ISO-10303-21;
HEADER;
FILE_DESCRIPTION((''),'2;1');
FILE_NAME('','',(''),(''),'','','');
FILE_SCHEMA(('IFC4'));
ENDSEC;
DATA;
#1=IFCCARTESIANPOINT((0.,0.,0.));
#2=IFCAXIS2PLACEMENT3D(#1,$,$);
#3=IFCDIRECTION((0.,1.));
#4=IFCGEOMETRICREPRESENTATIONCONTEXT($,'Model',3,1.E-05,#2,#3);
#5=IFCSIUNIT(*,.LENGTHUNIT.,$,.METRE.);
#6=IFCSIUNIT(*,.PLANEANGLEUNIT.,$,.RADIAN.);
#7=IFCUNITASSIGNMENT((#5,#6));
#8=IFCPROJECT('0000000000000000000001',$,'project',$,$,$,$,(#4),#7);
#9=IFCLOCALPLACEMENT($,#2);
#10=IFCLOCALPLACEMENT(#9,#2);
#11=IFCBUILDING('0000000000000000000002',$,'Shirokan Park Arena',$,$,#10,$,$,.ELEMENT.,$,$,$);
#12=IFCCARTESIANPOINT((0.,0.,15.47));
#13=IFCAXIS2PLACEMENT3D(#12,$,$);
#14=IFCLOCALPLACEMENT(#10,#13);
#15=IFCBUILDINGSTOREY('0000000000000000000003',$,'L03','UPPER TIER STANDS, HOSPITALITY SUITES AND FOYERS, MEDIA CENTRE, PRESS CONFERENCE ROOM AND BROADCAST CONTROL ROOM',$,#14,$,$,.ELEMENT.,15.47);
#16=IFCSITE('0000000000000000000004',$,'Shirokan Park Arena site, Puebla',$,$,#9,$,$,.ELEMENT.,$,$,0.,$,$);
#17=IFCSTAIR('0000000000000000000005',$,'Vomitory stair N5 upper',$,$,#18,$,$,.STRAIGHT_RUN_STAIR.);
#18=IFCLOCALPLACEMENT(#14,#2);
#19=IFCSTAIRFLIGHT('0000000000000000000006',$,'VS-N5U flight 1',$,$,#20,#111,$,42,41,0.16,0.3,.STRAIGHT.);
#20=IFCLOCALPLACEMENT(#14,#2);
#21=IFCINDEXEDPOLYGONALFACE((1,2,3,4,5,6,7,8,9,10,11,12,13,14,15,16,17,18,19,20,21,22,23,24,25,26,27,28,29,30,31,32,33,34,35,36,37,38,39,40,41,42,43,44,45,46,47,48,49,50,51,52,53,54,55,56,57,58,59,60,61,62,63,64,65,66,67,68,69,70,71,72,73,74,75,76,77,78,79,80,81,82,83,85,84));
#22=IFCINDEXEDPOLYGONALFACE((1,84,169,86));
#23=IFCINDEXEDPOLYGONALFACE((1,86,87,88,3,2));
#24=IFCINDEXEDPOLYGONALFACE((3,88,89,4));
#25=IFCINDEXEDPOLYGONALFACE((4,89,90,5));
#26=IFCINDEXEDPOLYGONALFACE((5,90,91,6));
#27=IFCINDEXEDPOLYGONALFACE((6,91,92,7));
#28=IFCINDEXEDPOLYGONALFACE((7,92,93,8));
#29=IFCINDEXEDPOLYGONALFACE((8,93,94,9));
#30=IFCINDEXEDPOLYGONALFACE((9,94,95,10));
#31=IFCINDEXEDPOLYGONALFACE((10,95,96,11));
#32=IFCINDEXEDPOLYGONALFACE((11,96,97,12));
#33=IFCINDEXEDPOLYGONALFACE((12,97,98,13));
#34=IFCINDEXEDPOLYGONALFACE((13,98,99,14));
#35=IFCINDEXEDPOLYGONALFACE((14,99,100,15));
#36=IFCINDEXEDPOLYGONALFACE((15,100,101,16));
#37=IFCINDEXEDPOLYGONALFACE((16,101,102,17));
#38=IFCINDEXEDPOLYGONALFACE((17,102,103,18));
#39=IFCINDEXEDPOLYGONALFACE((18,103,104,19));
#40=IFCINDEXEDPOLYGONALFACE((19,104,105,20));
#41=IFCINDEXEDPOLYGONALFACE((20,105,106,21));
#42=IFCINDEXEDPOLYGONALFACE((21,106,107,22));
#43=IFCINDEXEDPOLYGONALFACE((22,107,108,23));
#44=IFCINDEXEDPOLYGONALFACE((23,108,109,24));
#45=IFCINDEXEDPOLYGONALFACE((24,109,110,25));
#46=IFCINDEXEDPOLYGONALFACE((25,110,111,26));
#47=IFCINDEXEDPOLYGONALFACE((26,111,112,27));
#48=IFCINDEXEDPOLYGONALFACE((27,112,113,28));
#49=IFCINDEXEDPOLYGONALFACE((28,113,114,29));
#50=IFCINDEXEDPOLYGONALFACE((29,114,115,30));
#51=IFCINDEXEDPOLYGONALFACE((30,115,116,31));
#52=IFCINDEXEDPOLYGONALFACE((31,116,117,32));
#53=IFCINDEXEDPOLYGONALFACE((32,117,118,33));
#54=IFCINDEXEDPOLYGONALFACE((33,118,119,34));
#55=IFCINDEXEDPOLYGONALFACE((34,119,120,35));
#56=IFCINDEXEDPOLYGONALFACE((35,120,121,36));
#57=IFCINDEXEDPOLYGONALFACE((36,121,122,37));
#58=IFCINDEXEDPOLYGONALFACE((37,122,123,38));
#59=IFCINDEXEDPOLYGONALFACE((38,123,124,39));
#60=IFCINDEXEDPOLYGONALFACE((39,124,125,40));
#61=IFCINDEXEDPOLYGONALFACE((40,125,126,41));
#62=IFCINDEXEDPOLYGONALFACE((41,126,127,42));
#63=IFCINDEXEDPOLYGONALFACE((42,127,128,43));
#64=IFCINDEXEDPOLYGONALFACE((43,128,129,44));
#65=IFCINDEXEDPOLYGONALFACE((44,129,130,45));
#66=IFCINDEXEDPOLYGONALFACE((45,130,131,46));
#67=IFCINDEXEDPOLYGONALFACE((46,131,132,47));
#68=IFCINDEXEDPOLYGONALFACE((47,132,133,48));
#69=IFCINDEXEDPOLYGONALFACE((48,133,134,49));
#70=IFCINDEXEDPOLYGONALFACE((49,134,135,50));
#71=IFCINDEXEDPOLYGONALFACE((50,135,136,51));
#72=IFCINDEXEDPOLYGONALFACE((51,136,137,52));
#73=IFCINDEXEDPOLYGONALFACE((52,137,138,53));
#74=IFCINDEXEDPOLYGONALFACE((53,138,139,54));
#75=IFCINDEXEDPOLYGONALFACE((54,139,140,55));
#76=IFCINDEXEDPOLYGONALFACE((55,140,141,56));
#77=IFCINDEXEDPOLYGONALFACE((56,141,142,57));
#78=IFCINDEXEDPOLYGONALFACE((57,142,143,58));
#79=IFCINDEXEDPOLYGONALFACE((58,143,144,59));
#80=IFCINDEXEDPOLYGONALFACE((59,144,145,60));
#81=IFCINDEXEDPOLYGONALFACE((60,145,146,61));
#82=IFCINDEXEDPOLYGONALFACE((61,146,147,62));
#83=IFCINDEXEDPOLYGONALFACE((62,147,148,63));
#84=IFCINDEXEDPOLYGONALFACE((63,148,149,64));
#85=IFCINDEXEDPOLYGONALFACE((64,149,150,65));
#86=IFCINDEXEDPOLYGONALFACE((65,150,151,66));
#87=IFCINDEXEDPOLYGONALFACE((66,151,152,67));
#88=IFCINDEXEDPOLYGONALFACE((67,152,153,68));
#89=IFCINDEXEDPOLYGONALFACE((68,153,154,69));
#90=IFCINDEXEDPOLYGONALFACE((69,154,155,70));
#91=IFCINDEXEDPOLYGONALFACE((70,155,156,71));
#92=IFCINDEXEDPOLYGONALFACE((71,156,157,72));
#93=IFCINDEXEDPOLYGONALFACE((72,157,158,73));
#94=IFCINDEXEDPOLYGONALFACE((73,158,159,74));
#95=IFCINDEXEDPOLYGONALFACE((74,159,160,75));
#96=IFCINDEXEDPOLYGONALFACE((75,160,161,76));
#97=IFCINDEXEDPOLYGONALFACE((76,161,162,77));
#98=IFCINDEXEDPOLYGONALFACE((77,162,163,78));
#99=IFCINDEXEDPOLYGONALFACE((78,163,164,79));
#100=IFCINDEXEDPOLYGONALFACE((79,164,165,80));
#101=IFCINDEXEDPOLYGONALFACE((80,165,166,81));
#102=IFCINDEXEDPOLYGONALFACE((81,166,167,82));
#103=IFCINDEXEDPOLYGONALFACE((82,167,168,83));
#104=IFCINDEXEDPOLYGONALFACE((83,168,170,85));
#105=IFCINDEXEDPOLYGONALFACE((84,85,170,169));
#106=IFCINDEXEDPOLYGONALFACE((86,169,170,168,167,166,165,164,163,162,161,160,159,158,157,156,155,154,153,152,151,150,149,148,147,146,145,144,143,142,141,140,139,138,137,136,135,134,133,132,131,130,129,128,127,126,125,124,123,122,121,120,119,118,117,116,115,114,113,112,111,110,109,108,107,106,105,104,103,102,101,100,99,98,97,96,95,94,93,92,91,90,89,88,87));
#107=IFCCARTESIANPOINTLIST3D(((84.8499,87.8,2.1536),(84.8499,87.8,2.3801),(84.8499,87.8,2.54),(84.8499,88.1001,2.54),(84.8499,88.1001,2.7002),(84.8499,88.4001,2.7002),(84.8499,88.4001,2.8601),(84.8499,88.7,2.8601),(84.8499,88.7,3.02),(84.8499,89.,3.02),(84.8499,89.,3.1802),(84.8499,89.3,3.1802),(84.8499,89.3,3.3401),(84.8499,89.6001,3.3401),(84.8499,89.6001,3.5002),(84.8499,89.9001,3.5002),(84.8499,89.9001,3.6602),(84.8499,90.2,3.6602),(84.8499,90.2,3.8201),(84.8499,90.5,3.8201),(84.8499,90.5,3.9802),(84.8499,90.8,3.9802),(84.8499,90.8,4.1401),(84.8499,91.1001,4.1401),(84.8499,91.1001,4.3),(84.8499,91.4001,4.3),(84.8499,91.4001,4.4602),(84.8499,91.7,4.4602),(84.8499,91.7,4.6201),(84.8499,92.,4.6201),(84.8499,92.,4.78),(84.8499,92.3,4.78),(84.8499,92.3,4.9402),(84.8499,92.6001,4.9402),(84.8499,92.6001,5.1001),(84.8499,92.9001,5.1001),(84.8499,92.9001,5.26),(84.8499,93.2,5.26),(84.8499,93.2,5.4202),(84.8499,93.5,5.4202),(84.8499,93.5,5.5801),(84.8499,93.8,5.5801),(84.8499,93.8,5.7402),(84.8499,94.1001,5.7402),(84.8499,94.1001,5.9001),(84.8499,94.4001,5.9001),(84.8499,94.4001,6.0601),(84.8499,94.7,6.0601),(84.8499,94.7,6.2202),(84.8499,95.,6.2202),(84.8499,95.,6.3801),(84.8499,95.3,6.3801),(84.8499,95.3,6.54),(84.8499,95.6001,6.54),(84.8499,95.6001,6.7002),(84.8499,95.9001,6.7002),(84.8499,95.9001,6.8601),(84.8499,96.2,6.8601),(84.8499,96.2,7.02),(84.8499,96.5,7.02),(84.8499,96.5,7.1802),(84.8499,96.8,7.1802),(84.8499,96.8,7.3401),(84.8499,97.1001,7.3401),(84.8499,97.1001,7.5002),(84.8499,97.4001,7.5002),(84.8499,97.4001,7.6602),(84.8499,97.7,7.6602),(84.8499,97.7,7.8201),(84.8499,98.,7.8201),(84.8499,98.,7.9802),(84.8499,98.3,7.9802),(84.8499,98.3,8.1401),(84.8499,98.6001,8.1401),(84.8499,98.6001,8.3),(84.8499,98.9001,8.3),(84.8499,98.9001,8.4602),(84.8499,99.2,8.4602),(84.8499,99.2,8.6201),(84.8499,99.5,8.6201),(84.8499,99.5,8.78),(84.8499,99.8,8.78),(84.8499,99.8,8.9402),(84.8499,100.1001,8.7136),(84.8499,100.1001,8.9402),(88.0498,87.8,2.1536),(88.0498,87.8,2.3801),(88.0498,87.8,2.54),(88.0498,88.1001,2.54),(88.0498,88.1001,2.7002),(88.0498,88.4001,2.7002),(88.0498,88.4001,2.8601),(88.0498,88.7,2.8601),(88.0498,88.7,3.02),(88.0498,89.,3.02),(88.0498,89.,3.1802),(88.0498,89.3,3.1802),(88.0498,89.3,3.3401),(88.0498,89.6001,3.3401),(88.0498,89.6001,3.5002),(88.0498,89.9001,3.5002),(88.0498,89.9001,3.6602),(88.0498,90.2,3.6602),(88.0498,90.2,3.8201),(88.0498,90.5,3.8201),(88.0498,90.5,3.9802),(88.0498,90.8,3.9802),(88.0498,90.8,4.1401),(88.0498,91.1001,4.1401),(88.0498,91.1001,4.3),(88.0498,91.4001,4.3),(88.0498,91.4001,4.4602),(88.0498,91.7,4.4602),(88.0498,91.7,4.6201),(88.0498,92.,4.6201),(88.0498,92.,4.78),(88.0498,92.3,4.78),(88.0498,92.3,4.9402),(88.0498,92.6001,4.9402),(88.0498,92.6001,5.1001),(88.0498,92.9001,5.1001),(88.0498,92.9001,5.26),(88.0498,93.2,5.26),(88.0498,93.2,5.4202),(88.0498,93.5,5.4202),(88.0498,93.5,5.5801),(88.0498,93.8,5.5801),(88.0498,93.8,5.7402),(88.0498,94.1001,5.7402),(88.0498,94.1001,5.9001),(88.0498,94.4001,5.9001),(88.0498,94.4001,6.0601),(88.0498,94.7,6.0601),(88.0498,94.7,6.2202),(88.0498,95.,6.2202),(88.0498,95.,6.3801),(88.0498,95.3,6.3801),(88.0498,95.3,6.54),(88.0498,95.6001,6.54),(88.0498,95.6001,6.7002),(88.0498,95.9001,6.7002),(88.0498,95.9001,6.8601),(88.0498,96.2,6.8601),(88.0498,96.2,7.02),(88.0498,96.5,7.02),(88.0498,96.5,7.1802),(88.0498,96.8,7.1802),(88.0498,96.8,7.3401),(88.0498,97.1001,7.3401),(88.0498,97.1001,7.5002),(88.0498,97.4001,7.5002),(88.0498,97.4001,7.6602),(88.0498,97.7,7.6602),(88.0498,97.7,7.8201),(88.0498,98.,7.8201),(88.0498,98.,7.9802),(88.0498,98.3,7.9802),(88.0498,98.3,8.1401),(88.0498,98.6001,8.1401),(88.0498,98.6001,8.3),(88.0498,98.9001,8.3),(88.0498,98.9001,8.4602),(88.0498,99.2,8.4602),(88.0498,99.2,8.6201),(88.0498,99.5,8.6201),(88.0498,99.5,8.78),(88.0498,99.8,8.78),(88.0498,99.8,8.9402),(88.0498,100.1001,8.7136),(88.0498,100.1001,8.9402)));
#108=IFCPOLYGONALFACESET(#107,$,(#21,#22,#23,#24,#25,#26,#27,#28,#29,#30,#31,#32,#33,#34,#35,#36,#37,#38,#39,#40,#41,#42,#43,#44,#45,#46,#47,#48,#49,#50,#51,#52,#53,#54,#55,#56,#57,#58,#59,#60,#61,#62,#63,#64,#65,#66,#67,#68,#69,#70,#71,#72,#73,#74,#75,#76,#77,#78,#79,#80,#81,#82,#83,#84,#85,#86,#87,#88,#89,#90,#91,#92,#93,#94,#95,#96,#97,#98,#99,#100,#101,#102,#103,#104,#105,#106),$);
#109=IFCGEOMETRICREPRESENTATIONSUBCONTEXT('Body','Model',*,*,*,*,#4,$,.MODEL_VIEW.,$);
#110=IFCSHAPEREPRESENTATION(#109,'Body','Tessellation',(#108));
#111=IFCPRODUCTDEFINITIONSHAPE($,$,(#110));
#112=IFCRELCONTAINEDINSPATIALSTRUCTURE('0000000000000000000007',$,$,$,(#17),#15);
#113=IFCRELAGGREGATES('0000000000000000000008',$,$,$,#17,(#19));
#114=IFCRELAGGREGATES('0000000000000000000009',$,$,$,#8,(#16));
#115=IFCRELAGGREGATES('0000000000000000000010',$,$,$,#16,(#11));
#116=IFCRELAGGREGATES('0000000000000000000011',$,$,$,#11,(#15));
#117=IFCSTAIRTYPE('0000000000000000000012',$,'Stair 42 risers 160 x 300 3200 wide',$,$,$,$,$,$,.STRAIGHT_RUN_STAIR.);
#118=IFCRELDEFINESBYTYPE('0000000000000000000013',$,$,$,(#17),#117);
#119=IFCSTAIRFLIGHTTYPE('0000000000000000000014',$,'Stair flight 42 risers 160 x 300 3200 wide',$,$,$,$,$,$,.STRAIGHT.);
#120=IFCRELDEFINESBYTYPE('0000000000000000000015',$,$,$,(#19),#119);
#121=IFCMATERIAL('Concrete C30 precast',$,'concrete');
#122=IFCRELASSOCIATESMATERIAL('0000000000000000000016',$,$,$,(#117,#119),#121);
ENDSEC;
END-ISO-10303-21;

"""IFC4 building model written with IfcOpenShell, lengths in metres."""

from ifc_helpers import new_model, si_unit, direction, frame, origin, place, context, subcontext, project, spatial, polyline, outline, extrude, material, type_object, element, aggregate, save


model = new_model("IFC4")

# Units and contexts
model_context = context("Model", 3, precision=1e-05, world=origin(), true_north=direction((0.0, 1.0)))
body_context = subcontext(model_context, "Body", "Model", "MODEL_VIEW")
ifc_project = project(units=[si_unit("LENGTHUNIT", "METRE"), si_unit("PLANEANGLEUNIT", "RADIAN")], contexts=[model_context])

# Site, building, storey
site_placement = place(None, origin())
site = spatial("IfcSite", under=ifc_project, at=site_placement, Name="Shirokan Park Arena site, Puebla", CompositionType="ELEMENT", RefElevation=0.0)
building_placement = place(site_placement, origin())
building = spatial("IfcBuilding", under=site, at=building_placement, Name="Shirokan Park Arena", CompositionType="ELEMENT")
storey_placement = place(building_placement, frame((0.0, 0.0, 15.47)))
storey = spatial("IfcBuildingStorey", under=building, at=storey_placement, Name="L03", Description="UPPER TIER STANDS, HOSPITALITY SUITES AND FOYERS, MEDIA CENTRE, PRESS CONFERENCE ROOM AND BROADCAST CONTROL ROOM", CompositionType="ELEMENT", Elevation=15.47)

# Stair, stair flight
ifc_material_1 = material(Name="Concrete C30 precast", Category="concrete")
stair_type = type_object("IfcStairType", Name="Stair 42 risers 160 x 300 3200 wide", PredefinedType="STRAIGHT_RUN_STAIR", material=ifc_material_1)
stair_flight_type = type_object("IfcStairFlightType", Name="Stair flight 42 risers 160 x 300 3200 wide", PredefinedType="STRAIGHT", material=ifc_material_1)
stair_1_placement = place(storey_placement, origin())
stair_1 = element("IfcStair", 1, at=stair_1_placement, inside=storey, type_object=stair_type, Name="Vomitory stair N5 upper", PredefinedType="STRAIGHT_RUN_STAIR")
stair_flight_1_placement = place(storey_placement, frame((86.45, 87.8, 2.3801), z_axis=(0.0, 0.0, 1.0), x_axis=(0.0, 1.0, 0.0)))
stair_flight_1 = element("IfcStairFlight", 2, at=stair_flight_1_placement, type_object=stair_flight_type, Name="VS-N5U flight 1", NumberOfRisers=42, NumberOfTreads=41, PredefinedType="STRAIGHT", RiserHeight=0.16, TreadLength=0.3, context=body_context, shape_type="SweptSolid", body=[
    extrude(outline(polyline([(0.0, -0.2266), (0.0, 0.0), (0.0, 0.1599), (0.3, 0.1599), (0.3, 0.3201), (0.6001, 0.3201), (0.6001, 0.48), (0.8999, 0.48), (0.8999, 0.6399), (1.2, 0.6399), (1.2, 0.8), (1.5, 0.8), (1.5, 0.96), (1.8, 0.96), (1.8, 1.1201), (2.1001, 1.1201), (2.1001, 1.28), (2.3999, 1.28), (2.3999, 1.4399), (2.7, 1.4399), (2.7, 1.6001), (3.0, 1.6001), (3.0, 1.76), (3.3, 1.76), (3.3, 1.9199), (3.6001, 1.9199), (3.6001, 2.0801), (3.8999, 2.0801), (3.8999, 2.24), (4.2, 2.24), (4.2, 2.3999), (4.5, 2.3999), (4.5, 2.5601), (4.8, 2.5601), (4.8, 2.72), (5.1001, 2.72), (5.1001, 2.8799), (5.3999, 2.8799), (5.3999, 3.04), (5.7, 3.04), (5.7, 3.2), (6.0, 3.2), (6.0, 3.3601), (6.3, 3.3601), (6.3, 3.52), (6.6001, 3.52), (6.6001, 3.6799), (6.8999, 3.6799), (6.8999, 3.8401), (7.2, 3.8401), (7.2, 4.0), (7.5, 4.0), (7.5, 4.1599), (7.8, 4.1599), (7.8, 4.3201), (8.1001, 4.3201), (8.1001, 4.48), (8.3999, 4.48), (8.3999, 4.6399), (8.7, 4.6399), (8.7, 4.8), (9.0, 4.8), (9.0, 4.96), (9.3, 4.96), (9.3, 5.1201), (9.6001, 5.1201), (9.6001, 5.28), (9.8999, 5.28), (9.8999, 5.4399), (10.2, 5.4399), (10.2, 5.6001), (10.5, 5.6001), (10.5, 5.76), (10.8, 5.76), (10.8, 5.9199), (11.1001, 5.9199), (11.1001, 6.0801), (11.3999, 6.0801), (11.3999, 6.24), (11.7, 6.24), (11.7, 6.3999), (12.0, 6.3999), (12.0, 6.5601), (12.3, 6.5601), (12.3, 6.72), (12.3, 6.3335), (0.0, -0.2266)])), frame((0.0, 1.6001, 0.0), z_axis=(0.0, -1.0, 0.0), x_axis=(1.0, 0.0, 0.0)), (0.0, 0.0, 1.0), 3.2),
])
aggregate(stair_1, [stair_flight_1])

save(model, "model.ifc")
